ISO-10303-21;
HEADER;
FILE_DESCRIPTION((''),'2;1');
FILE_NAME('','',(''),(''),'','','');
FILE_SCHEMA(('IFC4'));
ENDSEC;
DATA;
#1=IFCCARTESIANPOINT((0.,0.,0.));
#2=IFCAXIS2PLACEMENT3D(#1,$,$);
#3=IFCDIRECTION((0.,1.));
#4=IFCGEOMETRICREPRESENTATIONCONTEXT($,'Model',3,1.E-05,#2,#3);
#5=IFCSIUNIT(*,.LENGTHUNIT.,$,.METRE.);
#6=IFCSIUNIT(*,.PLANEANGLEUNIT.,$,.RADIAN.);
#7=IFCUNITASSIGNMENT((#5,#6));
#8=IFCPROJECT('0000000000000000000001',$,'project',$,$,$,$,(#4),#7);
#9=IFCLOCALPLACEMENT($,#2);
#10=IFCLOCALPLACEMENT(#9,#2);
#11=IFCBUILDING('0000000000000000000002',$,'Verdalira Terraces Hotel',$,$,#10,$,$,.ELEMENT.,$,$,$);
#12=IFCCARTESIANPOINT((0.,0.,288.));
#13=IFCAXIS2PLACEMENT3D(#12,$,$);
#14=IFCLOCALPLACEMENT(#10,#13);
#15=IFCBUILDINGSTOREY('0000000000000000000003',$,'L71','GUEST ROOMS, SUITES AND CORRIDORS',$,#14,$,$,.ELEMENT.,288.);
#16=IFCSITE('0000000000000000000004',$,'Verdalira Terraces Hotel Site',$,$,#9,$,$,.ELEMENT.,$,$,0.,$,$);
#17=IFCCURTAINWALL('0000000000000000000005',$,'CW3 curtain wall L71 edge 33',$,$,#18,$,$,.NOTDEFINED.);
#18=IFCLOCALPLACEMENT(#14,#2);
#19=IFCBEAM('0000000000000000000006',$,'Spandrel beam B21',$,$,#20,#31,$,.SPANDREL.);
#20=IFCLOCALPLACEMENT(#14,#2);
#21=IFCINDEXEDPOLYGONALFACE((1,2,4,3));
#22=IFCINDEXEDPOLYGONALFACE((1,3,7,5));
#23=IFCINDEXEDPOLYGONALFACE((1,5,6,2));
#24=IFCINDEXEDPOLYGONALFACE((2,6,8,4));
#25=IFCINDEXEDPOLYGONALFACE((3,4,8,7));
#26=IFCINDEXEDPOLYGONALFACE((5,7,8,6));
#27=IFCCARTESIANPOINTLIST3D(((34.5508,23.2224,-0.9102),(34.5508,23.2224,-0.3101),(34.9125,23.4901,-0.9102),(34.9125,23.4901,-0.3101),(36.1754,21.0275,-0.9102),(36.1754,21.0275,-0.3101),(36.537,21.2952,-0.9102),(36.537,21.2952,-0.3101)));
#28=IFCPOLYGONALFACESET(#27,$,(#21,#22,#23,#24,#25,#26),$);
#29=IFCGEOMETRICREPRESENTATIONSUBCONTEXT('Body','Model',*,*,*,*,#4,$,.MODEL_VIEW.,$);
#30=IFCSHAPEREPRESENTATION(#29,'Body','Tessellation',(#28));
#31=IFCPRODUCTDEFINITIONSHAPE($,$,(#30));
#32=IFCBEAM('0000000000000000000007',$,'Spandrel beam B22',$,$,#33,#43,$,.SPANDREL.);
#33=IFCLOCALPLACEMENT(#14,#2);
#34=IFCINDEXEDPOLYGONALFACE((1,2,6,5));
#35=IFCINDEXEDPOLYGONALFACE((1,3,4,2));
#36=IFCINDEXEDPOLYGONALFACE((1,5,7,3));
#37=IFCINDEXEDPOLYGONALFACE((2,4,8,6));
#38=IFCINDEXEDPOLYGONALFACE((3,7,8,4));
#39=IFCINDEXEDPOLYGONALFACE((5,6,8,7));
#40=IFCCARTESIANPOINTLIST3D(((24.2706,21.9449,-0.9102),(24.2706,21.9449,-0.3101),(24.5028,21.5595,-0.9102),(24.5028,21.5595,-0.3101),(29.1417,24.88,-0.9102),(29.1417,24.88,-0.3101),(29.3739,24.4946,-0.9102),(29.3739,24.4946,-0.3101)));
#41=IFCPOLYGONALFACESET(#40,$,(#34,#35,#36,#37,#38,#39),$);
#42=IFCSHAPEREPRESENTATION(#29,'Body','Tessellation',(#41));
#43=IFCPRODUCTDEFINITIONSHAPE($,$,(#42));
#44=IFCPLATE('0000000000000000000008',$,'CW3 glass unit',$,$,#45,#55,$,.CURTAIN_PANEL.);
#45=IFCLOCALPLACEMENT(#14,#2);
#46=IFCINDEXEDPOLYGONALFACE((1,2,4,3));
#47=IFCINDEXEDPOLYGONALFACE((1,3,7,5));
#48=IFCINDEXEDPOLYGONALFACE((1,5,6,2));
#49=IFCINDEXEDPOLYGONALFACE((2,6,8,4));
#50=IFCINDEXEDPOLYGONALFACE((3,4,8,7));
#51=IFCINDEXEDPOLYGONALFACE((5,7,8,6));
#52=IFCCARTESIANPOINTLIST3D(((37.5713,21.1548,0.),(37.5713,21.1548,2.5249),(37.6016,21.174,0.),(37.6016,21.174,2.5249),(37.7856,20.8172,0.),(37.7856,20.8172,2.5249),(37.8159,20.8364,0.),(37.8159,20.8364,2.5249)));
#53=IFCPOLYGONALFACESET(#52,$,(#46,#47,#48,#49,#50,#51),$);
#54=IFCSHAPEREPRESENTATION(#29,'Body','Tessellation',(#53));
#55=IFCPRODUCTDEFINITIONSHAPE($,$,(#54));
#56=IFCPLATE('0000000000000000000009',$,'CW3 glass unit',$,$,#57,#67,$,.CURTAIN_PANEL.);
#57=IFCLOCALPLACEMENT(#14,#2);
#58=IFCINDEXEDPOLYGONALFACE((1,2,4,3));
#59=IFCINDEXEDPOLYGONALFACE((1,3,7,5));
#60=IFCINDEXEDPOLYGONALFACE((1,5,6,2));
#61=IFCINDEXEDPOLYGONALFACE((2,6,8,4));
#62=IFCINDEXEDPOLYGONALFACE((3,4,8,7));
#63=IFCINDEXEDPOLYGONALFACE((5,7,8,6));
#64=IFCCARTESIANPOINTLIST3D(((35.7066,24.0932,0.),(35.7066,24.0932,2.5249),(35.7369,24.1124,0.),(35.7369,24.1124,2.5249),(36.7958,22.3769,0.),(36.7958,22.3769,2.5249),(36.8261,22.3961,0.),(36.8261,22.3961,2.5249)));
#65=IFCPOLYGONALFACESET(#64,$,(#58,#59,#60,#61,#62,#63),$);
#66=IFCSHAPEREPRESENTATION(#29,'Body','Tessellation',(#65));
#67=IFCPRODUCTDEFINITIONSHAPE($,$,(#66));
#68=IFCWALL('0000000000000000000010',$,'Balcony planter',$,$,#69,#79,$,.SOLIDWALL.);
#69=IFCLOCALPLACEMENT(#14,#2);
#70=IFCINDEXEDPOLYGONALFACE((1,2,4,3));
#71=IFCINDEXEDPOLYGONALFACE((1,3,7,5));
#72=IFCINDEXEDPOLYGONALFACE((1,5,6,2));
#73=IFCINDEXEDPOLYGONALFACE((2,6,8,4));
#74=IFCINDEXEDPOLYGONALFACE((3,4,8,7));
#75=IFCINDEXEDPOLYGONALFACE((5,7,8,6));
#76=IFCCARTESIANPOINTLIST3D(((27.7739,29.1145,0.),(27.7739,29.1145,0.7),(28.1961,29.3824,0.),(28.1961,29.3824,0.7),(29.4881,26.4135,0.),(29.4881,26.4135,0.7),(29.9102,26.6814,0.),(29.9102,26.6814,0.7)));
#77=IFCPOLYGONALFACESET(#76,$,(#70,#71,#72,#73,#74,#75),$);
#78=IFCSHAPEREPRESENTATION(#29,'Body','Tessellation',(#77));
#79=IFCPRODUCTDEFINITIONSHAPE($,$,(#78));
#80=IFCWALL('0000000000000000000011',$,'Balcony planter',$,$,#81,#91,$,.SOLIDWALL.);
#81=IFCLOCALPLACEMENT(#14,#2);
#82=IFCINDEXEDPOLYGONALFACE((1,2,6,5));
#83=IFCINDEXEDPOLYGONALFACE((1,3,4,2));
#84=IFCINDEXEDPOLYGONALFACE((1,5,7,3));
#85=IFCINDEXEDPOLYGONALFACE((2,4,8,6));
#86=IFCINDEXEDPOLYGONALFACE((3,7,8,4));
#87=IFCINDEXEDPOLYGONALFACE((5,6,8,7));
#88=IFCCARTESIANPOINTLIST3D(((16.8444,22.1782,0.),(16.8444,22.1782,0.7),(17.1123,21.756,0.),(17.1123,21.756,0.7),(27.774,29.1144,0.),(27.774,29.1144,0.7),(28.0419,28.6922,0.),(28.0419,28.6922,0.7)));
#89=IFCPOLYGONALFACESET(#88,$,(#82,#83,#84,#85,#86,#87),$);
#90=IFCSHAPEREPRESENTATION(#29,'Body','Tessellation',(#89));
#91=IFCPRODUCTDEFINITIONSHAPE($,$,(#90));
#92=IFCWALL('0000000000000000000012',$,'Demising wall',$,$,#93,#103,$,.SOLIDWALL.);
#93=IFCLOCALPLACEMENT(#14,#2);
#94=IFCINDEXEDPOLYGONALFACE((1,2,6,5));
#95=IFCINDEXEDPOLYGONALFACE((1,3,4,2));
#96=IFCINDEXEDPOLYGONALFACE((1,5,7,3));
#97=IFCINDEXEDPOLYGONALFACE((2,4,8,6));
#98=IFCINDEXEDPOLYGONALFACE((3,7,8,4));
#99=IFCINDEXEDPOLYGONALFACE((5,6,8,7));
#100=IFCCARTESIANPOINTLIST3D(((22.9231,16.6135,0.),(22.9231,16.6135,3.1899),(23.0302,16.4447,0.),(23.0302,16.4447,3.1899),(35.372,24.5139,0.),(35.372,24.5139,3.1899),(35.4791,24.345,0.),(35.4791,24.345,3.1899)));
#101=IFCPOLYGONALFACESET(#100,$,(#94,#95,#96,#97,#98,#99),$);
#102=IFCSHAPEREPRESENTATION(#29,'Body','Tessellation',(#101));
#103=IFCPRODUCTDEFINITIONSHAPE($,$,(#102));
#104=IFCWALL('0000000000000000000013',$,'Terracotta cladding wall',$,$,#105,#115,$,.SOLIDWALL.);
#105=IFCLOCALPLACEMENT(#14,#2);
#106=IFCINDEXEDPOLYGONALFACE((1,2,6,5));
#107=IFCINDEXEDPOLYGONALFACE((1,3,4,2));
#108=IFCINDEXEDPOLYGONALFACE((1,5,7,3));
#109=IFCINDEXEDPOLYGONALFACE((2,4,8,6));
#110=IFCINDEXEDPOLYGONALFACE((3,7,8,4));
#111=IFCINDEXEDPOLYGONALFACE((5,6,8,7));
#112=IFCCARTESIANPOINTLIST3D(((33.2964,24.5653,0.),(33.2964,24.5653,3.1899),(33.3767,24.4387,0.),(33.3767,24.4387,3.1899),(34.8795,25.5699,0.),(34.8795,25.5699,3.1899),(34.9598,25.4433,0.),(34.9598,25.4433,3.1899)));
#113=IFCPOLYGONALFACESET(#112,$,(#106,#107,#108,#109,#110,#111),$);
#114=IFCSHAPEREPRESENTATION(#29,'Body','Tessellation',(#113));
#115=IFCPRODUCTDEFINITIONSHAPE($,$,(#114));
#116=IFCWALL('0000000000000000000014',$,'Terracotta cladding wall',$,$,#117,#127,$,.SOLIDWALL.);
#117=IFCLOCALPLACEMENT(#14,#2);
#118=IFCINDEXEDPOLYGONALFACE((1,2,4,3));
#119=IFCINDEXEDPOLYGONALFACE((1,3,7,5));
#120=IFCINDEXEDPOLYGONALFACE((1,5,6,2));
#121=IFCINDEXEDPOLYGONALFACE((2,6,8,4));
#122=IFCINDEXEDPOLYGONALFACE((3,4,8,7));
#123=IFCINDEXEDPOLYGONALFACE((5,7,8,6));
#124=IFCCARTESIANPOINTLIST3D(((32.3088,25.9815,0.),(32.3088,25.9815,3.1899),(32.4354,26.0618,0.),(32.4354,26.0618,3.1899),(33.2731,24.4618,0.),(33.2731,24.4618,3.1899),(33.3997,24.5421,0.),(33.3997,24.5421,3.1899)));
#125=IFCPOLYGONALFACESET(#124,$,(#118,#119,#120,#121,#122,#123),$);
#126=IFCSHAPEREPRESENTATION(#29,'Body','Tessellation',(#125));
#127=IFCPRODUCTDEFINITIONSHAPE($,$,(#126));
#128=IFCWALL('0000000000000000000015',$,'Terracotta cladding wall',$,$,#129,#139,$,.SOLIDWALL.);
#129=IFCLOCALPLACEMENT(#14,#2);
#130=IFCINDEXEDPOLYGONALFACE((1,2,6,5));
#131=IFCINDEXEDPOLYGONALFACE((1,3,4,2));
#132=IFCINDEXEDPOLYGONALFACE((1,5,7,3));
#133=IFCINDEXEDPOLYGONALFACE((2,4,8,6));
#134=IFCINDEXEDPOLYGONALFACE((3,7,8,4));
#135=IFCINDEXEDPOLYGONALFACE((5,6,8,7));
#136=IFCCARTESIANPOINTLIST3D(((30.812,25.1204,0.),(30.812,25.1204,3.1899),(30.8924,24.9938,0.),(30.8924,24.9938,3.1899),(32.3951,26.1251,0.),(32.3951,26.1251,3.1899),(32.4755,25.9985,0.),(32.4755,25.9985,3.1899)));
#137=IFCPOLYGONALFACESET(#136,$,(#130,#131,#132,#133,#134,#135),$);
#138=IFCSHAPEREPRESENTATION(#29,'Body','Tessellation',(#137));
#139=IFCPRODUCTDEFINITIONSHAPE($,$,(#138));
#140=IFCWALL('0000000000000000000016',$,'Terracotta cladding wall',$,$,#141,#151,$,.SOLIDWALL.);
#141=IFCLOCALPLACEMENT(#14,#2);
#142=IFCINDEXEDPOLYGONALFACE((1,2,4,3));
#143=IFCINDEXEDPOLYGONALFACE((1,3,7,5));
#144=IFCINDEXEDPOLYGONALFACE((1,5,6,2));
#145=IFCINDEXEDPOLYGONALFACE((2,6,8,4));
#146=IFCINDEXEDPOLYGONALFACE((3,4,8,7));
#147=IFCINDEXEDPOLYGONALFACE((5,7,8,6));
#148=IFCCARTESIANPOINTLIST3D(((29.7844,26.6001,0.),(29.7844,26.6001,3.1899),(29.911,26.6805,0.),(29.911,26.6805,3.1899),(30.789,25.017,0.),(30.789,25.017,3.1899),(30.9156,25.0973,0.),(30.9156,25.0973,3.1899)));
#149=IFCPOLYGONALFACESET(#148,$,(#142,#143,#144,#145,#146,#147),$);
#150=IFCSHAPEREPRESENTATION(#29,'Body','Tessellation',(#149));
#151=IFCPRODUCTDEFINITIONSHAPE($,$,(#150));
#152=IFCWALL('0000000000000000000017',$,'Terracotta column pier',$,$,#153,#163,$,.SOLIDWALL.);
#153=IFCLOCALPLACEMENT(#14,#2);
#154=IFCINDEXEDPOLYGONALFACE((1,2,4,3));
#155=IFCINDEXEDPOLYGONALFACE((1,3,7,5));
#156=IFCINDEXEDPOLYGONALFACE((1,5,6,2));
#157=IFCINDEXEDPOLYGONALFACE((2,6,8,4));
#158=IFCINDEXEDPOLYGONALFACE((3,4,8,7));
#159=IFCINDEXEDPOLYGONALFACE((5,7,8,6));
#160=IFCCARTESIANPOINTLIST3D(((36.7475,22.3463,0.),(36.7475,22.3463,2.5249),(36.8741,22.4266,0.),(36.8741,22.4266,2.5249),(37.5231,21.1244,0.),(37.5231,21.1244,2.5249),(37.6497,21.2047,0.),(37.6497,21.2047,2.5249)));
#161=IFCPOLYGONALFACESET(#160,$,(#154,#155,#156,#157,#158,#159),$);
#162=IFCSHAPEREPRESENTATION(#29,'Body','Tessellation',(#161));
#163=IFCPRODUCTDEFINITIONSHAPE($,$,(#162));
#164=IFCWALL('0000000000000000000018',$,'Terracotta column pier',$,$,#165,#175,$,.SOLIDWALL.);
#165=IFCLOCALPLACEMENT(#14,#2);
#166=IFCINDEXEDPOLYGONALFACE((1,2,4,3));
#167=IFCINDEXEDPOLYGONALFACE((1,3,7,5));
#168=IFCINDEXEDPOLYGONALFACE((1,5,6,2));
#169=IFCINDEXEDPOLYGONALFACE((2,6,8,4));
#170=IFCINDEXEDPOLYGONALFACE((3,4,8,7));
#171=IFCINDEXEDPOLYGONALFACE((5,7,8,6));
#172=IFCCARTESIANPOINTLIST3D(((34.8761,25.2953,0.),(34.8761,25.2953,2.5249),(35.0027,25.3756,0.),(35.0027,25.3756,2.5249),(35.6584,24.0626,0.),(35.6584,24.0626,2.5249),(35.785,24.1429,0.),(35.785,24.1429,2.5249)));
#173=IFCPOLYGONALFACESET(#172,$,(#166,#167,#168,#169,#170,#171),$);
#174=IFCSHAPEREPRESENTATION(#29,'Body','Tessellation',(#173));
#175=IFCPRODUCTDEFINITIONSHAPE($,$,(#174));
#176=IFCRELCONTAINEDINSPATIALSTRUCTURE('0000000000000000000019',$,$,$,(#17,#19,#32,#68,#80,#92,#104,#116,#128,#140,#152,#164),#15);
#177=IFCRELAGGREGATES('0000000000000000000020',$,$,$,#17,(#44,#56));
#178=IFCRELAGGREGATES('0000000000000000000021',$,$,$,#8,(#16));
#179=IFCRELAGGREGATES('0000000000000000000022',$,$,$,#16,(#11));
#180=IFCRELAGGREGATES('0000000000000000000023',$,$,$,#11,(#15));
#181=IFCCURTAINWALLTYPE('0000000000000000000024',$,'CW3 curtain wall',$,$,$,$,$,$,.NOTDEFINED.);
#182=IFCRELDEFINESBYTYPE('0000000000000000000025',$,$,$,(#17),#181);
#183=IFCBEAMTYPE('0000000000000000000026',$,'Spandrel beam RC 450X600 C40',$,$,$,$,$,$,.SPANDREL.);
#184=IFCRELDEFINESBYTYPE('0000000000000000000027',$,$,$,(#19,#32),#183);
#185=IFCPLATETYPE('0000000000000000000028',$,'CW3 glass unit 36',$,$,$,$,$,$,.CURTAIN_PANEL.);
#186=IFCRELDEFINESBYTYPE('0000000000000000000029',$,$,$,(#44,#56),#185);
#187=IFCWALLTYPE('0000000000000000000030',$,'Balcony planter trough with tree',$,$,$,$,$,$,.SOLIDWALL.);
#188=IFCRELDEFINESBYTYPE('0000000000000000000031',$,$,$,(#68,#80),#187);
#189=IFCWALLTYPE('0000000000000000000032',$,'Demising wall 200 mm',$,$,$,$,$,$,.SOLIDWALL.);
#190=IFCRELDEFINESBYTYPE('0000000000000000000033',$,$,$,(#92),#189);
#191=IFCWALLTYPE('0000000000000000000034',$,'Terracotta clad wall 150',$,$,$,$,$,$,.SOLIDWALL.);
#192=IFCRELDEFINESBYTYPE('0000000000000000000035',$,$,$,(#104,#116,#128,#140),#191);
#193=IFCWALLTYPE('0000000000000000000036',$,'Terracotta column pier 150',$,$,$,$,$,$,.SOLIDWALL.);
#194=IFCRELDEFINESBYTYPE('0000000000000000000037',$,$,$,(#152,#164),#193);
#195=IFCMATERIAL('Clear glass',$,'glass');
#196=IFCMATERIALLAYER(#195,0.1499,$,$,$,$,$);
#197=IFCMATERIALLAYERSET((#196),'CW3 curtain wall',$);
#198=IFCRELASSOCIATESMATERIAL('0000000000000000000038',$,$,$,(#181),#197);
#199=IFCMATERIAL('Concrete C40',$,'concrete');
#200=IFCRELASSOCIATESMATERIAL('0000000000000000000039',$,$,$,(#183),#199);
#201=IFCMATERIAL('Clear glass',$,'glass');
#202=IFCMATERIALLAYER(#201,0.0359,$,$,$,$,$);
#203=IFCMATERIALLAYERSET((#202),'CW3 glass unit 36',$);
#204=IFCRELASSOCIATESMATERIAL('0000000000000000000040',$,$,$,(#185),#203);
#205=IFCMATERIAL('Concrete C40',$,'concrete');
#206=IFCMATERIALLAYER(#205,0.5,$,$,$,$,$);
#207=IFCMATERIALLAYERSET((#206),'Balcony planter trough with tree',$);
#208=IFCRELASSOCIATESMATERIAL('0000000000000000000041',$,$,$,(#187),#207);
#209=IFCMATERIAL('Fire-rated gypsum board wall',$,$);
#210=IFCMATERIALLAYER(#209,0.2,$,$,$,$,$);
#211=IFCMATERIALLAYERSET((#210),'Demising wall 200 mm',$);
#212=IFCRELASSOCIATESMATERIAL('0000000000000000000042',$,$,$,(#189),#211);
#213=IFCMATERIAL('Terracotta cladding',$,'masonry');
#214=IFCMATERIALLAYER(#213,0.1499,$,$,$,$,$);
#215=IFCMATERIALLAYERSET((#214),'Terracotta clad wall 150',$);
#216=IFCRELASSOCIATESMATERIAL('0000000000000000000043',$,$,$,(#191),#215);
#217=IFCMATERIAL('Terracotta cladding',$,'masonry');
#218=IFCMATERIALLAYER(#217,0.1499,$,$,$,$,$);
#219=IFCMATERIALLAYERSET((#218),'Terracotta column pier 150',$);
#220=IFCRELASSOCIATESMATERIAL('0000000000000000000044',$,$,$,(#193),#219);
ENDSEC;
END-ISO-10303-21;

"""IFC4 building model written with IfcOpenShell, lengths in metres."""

from ifc_helpers import new_model, si_unit, direction, frame, frame_2d, origin, origin_2d, place, context, subcontext, project, spatial, rectangle, extrude, material, layer, layer_set, material_profile, profile_set, type_object, element, aggregate, save


model = new_model("IFC4")

# Units and contexts
model_context = context("Model", 3, precision=1e-05, world=origin(), true_north=direction((0.0, 1.0)))
body_context = subcontext(model_context, "Body", "Model", "MODEL_VIEW")
ifc_project = project(units=[si_unit("LENGTHUNIT", "METRE"), si_unit("PLANEANGLEUNIT", "RADIAN")], contexts=[model_context])

# Site, building, storey
site_placement = place(None, origin())
site = spatial("IfcSite", under=ifc_project, at=site_placement, Name="Verdalira Terraces Hotel Site", CompositionType="ELEMENT", RefElevation=0.0)
building_placement = place(site_placement, origin())
building = spatial("IfcBuilding", under=site, at=building_placement, Name="Verdalira Terraces Hotel", CompositionType="ELEMENT")
storey_placement = place(building_placement, frame((0.0, 0.0, 288.0)))
storey = spatial("IfcBuildingStorey", under=building, at=storey_placement, Name="L71", Description="GUEST ROOMS, SUITES AND CORRIDORS", CompositionType="ELEMENT", Elevation=288.0)

# Curtain wall
ifc_material_1 = material(Name="Clear glass", Category="glass")
ifc_layer_1 = layer(ifc_material_1, 0.1499)
ifc_layer_set_1 = layer_set([ifc_layer_1], Name="CW3 curtain wall")
curtain_wall_type_1 = type_object("IfcCurtainWallType", Name="CW3 curtain wall", PredefinedType="NOTDEFINED", material=ifc_layer_set_1)
curtain_wall_1_placement = place(storey_placement, origin())
curtain_wall_1 = element("IfcCurtainWall", 1, at=curtain_wall_1_placement, inside=storey, type_object=curtain_wall_type_1, Name="CW3 curtain wall L71 edge 33", PredefinedType="NOTDEFINED")

# Beams
ifc_material_2 = material(Name="Concrete C40", Category="concrete")
ifc_material_profile_1 = material_profile(ifc_material_2, rectangle(XDim=0.45, YDim=0.6001, at=origin_2d()), Name="RC 450X600")
ifc_profile_set_1 = profile_set([ifc_material_profile_1], Name="Concrete C40")
beam_type_1 = type_object("IfcBeamType", Name="Spandrel beam RC 450X600 C40", PredefinedType="SPANDREL", material=ifc_profile_set_1)
beam_1_placement = place(storey_placement, frame((36.3562, 21.1614, -0.6101), z_axis=(-0.594924, 0.803782, 0.0), x_axis=(-0.803782, -0.594924, 0.0)))
element("IfcBeam", 2, at=beam_1_placement, inside=storey, type_object=beam_type_1, Name="Spandrel beam B21", PredefinedType="SPANDREL", context=body_context, shape_type="SweptSolid", body=[
    extrude(rectangle(XDim=0.45, YDim=0.6001, at=origin_2d()), origin(), (0.0, 0.0, 1.0), 2.7307),
])
beam_2_placement = place(storey_placement, frame((29.2578, 24.6873, -0.6101), z_axis=(-0.856529, -0.516098, 0.0), x_axis=(0.516098, -0.856529, 0.0)))
element("IfcBeam", 3, at=beam_2_placement, inside=storey, type_object=beam_type_1, Name="Spandrel beam B22", PredefinedType="SPANDREL", context=body_context, shape_type="SweptSolid", body=[
    extrude(rectangle(XDim=0.45, YDim=0.6001, at=origin_2d()), origin(), (0.0, 0.0, 1.0), 5.687),
])

# Plates
ifc_material_3 = material(Name="Clear glass", Category="glass")
ifc_layer_2 = layer(ifc_material_3, 0.0359)
ifc_layer_set_2 = layer_set([ifc_layer_2], Name="CW3 glass unit 36")
plate_type = type_object("IfcPlateType", Name="CW3 glass unit 36", PredefinedType="CURTAIN_PANEL", material=ifc_layer_set_2)
plate_1_placement = place(storey_placement, frame((37.6936, 20.9956, 0.0), z_axis=(0.0, 0.0, 1.0), x_axis=(-0.535827, 0.844328, 0.0)))
plate_1 = element("IfcPlate", 4, at=plate_1_placement, type_object=plate_type, Name="CW3 glass unit", PredefinedType="CURTAIN_PANEL", context=body_context, shape_type="SweptSolid", body=[
    extrude(rectangle(XDim=0.3999, YDim=0.0359, at=origin_2d()), origin(), (0.0, 0.0, 1.0), 2.5249),
])
plate_2_placement = place(storey_placement, frame((36.2664, 23.2446, 0.0), z_axis=(0.0, 0.0, 1.0), x_axis=(-0.535827, 0.844328, 0.0)))
plate_2 = element("IfcPlate", 5, at=plate_2_placement, type_object=plate_type, Name="CW3 glass unit", PredefinedType="CURTAIN_PANEL", context=body_context, shape_type="SweptSolid", body=[
    extrude(rectangle(XDim=2.0327, YDim=0.0359, at=origin_2d()), origin(), (0.0, 0.0, 1.0), 2.5249),
])
aggregate(curtain_wall_1, [plate_1, plate_2])

# Walls
ifc_material_4 = material(Name="Concrete C40", Category="concrete")
ifc_layer_3 = layer(ifc_material_4, 0.5)
ifc_layer_set_3 = layer_set([ifc_layer_3], Name="Balcony planter trough with tree")
wall_type_1 = type_object("IfcWallType", Name="Balcony planter trough with tree", PredefinedType="SOLIDWALL", material=ifc_layer_set_3)
wall_1_placement = place(storey_placement, frame((29.6992, 26.5474, 0.0), z_axis=(0.0, 0.0, 1.0), x_axis=(-0.535838, 0.844321, 0.0)))
element("IfcWall", 6, at=wall_1_placement, inside=storey, type_object=wall_type_1, Name="Balcony planter", PredefinedType="SOLIDWALL", context=body_context, shape_type="SweptSolid", body=[
    extrude(rectangle(XDim=3.199, YDim=0.5, at=frame_2d((1.5996, 0.0))), origin(), (0.0, 0.0, 1.0), 0.7),
])
wall_2_placement = place(storey_placement, frame((27.908, 28.9033, 0.0), z_axis=(0.0, 0.0, 1.0), x_axis=(-0.844325, -0.535832, 0.0)))
element("IfcWall", 7, at=wall_2_placement, inside=storey, type_object=wall_type_1, Name="Balcony planter", PredefinedType="SOLIDWALL", context=body_context, shape_type="SweptSolid", body=[
    extrude(rectangle(XDim=12.9448, YDim=0.5, at=frame_2d((6.4724, 0.0))), origin(), (0.0, 0.0, 1.0), 0.7),
])
ifc_material_5 = material(Name="Fire-rated gypsum board wall")
ifc_layer_4 = layer(ifc_material_5, 0.2)
ifc_layer_set_4 = layer_set([ifc_layer_4], Name="Demising wall 200 mm")
wall_type_2 = type_object("IfcWallType", Name="Demising wall 200 mm", PredefinedType="SOLIDWALL", material=ifc_layer_set_4)
wall_3_placement = place(storey_placement, frame((35.4255, 24.4294, 0.0), z_axis=(0.0, 0.0, 1.0), x_axis=(-0.844327, -0.535828, 0.0)))
element("IfcWall", 8, at=wall_3_placement, inside=storey, type_object=wall_type_2, Name="Demising wall", PredefinedType="SOLIDWALL", context=body_context, shape_type="SweptSolid", body=[
    extrude(rectangle(XDim=14.7441, YDim=0.2, at=frame_2d((7.3721, 0.0))), origin(), (0.0, 0.0, 1.0), 3.1899),
])
ifc_material_6 = material(Name="Terracotta cladding", Category="masonry")
ifc_layer_5 = layer(ifc_material_6, 0.1499)
ifc_layer_set_5 = layer_set([ifc_layer_5], Name="Terracotta clad wall 150")
wall_type_3 = type_object("IfcWallType", Name="Terracotta clad wall 150", PredefinedType="SOLIDWALL", material=ifc_layer_set_5)
wall_4_placement = place(storey_placement, frame((34.9197, 25.5066, 0.0), z_axis=(0.0, 0.0, 1.0), x_axis=(-0.844358, -0.53578, 0.0)))
element("IfcWall", 9, at=wall_4_placement, inside=storey, type_object=wall_type_3, Name="Terracotta cladding wall", PredefinedType="SOLIDWALL", context=body_context, shape_type="SweptSolid", body=[
    extrude(rectangle(XDim=1.875, YDim=0.1499, at=frame_2d((0.9375, 0.0))), origin(), (0.0, 0.0, 1.0), 3.1899),
])
wall_5_placement = place(storey_placement, frame((33.3364, 24.502, 0.0), z_axis=(0.0, 0.0, 1.0), x_axis=(-0.535778, 0.844359, 0.0)))
element("IfcWall", 10, at=wall_5_placement, inside=storey, type_object=wall_type_3, Name="Terracotta cladding wall", PredefinedType="SOLIDWALL", context=body_context, shape_type="SweptSolid", body=[
    extrude(rectangle(XDim=1.7998, YDim=0.1499, at=frame_2d((0.8999, 0.0))), origin(), (0.0, 0.0, 1.0), 3.1899),
])
for number, where, z_axis, x_axis, name in (
    (11, (32.4353, 26.0618, 0.0), (0.0, 0.0, 1.0), (-0.84432, -0.535839, 0.0), "Terracotta cladding wall"),
    (12, (30.8523, 25.0571, 0.0), (0.0, 0.0, 1.0), (-0.53578, 0.844358, 0.0), "Terracotta cladding wall"),
):
    element("IfcWall", number, at=place(storey_placement, frame(where, z_axis=z_axis, x_axis=x_axis)), inside=storey, type_object=wall_type_3, Name=name, PredefinedType="SOLIDWALL", context=body_context, shape_type="SweptSolid", body=[
        extrude(rectangle(XDim=1.875, YDim=0.1499, at=frame_2d((0.9375, 0.0))), origin(), (0.0, 0.0, 1.0), 3.1899),
    ])
ifc_material_7 = material(Name="Terracotta cladding", Category="masonry")
ifc_layer_6 = layer(ifc_material_7, 0.1499)
ifc_layer_set_6 = layer_set([ifc_layer_6], Name="Terracotta column pier 150")
wall_type_4 = type_object("IfcWallType", Name="Terracotta column pier 150", PredefinedType="SOLIDWALL", material=ifc_layer_set_6)
wall_6_placement = place(storey_placement, frame((37.5864, 21.1646, 0.0), z_axis=(0.0, 0.0, 1.0), x_axis=(-0.535915, 0.844272, 0.0)))
element("IfcWall", 13, at=wall_6_placement, inside=storey, type_object=wall_type_4, Name="Terracotta column pier", PredefinedType="SOLIDWALL", context=body_context, shape_type="SweptSolid", body=[
    extrude(rectangle(XDim=1.4473, YDim=0.1499, at=frame_2d((0.7236, 0.0))), origin(), (0.0, 0.0, 1.0), 2.5249),
])
wall_7_placement = place(storey_placement, frame((35.7217, 24.1028, 0.0), z_axis=(0.0, 0.0, 1.0), x_axis=(-0.535804, 0.844343, 0.0)))
element("IfcWall", 14, at=wall_7_placement, inside=storey, type_object=wall_type_4, Name="Terracotta column pier", PredefinedType="SOLIDWALL", context=body_context, shape_type="SweptSolid", body=[
    extrude(rectangle(XDim=1.46, YDim=0.1499, at=frame_2d((0.73, 0.0))), origin(), (0.0, 0.0, 1.0), 2.5249),
])

save(model, "model.ifc")
